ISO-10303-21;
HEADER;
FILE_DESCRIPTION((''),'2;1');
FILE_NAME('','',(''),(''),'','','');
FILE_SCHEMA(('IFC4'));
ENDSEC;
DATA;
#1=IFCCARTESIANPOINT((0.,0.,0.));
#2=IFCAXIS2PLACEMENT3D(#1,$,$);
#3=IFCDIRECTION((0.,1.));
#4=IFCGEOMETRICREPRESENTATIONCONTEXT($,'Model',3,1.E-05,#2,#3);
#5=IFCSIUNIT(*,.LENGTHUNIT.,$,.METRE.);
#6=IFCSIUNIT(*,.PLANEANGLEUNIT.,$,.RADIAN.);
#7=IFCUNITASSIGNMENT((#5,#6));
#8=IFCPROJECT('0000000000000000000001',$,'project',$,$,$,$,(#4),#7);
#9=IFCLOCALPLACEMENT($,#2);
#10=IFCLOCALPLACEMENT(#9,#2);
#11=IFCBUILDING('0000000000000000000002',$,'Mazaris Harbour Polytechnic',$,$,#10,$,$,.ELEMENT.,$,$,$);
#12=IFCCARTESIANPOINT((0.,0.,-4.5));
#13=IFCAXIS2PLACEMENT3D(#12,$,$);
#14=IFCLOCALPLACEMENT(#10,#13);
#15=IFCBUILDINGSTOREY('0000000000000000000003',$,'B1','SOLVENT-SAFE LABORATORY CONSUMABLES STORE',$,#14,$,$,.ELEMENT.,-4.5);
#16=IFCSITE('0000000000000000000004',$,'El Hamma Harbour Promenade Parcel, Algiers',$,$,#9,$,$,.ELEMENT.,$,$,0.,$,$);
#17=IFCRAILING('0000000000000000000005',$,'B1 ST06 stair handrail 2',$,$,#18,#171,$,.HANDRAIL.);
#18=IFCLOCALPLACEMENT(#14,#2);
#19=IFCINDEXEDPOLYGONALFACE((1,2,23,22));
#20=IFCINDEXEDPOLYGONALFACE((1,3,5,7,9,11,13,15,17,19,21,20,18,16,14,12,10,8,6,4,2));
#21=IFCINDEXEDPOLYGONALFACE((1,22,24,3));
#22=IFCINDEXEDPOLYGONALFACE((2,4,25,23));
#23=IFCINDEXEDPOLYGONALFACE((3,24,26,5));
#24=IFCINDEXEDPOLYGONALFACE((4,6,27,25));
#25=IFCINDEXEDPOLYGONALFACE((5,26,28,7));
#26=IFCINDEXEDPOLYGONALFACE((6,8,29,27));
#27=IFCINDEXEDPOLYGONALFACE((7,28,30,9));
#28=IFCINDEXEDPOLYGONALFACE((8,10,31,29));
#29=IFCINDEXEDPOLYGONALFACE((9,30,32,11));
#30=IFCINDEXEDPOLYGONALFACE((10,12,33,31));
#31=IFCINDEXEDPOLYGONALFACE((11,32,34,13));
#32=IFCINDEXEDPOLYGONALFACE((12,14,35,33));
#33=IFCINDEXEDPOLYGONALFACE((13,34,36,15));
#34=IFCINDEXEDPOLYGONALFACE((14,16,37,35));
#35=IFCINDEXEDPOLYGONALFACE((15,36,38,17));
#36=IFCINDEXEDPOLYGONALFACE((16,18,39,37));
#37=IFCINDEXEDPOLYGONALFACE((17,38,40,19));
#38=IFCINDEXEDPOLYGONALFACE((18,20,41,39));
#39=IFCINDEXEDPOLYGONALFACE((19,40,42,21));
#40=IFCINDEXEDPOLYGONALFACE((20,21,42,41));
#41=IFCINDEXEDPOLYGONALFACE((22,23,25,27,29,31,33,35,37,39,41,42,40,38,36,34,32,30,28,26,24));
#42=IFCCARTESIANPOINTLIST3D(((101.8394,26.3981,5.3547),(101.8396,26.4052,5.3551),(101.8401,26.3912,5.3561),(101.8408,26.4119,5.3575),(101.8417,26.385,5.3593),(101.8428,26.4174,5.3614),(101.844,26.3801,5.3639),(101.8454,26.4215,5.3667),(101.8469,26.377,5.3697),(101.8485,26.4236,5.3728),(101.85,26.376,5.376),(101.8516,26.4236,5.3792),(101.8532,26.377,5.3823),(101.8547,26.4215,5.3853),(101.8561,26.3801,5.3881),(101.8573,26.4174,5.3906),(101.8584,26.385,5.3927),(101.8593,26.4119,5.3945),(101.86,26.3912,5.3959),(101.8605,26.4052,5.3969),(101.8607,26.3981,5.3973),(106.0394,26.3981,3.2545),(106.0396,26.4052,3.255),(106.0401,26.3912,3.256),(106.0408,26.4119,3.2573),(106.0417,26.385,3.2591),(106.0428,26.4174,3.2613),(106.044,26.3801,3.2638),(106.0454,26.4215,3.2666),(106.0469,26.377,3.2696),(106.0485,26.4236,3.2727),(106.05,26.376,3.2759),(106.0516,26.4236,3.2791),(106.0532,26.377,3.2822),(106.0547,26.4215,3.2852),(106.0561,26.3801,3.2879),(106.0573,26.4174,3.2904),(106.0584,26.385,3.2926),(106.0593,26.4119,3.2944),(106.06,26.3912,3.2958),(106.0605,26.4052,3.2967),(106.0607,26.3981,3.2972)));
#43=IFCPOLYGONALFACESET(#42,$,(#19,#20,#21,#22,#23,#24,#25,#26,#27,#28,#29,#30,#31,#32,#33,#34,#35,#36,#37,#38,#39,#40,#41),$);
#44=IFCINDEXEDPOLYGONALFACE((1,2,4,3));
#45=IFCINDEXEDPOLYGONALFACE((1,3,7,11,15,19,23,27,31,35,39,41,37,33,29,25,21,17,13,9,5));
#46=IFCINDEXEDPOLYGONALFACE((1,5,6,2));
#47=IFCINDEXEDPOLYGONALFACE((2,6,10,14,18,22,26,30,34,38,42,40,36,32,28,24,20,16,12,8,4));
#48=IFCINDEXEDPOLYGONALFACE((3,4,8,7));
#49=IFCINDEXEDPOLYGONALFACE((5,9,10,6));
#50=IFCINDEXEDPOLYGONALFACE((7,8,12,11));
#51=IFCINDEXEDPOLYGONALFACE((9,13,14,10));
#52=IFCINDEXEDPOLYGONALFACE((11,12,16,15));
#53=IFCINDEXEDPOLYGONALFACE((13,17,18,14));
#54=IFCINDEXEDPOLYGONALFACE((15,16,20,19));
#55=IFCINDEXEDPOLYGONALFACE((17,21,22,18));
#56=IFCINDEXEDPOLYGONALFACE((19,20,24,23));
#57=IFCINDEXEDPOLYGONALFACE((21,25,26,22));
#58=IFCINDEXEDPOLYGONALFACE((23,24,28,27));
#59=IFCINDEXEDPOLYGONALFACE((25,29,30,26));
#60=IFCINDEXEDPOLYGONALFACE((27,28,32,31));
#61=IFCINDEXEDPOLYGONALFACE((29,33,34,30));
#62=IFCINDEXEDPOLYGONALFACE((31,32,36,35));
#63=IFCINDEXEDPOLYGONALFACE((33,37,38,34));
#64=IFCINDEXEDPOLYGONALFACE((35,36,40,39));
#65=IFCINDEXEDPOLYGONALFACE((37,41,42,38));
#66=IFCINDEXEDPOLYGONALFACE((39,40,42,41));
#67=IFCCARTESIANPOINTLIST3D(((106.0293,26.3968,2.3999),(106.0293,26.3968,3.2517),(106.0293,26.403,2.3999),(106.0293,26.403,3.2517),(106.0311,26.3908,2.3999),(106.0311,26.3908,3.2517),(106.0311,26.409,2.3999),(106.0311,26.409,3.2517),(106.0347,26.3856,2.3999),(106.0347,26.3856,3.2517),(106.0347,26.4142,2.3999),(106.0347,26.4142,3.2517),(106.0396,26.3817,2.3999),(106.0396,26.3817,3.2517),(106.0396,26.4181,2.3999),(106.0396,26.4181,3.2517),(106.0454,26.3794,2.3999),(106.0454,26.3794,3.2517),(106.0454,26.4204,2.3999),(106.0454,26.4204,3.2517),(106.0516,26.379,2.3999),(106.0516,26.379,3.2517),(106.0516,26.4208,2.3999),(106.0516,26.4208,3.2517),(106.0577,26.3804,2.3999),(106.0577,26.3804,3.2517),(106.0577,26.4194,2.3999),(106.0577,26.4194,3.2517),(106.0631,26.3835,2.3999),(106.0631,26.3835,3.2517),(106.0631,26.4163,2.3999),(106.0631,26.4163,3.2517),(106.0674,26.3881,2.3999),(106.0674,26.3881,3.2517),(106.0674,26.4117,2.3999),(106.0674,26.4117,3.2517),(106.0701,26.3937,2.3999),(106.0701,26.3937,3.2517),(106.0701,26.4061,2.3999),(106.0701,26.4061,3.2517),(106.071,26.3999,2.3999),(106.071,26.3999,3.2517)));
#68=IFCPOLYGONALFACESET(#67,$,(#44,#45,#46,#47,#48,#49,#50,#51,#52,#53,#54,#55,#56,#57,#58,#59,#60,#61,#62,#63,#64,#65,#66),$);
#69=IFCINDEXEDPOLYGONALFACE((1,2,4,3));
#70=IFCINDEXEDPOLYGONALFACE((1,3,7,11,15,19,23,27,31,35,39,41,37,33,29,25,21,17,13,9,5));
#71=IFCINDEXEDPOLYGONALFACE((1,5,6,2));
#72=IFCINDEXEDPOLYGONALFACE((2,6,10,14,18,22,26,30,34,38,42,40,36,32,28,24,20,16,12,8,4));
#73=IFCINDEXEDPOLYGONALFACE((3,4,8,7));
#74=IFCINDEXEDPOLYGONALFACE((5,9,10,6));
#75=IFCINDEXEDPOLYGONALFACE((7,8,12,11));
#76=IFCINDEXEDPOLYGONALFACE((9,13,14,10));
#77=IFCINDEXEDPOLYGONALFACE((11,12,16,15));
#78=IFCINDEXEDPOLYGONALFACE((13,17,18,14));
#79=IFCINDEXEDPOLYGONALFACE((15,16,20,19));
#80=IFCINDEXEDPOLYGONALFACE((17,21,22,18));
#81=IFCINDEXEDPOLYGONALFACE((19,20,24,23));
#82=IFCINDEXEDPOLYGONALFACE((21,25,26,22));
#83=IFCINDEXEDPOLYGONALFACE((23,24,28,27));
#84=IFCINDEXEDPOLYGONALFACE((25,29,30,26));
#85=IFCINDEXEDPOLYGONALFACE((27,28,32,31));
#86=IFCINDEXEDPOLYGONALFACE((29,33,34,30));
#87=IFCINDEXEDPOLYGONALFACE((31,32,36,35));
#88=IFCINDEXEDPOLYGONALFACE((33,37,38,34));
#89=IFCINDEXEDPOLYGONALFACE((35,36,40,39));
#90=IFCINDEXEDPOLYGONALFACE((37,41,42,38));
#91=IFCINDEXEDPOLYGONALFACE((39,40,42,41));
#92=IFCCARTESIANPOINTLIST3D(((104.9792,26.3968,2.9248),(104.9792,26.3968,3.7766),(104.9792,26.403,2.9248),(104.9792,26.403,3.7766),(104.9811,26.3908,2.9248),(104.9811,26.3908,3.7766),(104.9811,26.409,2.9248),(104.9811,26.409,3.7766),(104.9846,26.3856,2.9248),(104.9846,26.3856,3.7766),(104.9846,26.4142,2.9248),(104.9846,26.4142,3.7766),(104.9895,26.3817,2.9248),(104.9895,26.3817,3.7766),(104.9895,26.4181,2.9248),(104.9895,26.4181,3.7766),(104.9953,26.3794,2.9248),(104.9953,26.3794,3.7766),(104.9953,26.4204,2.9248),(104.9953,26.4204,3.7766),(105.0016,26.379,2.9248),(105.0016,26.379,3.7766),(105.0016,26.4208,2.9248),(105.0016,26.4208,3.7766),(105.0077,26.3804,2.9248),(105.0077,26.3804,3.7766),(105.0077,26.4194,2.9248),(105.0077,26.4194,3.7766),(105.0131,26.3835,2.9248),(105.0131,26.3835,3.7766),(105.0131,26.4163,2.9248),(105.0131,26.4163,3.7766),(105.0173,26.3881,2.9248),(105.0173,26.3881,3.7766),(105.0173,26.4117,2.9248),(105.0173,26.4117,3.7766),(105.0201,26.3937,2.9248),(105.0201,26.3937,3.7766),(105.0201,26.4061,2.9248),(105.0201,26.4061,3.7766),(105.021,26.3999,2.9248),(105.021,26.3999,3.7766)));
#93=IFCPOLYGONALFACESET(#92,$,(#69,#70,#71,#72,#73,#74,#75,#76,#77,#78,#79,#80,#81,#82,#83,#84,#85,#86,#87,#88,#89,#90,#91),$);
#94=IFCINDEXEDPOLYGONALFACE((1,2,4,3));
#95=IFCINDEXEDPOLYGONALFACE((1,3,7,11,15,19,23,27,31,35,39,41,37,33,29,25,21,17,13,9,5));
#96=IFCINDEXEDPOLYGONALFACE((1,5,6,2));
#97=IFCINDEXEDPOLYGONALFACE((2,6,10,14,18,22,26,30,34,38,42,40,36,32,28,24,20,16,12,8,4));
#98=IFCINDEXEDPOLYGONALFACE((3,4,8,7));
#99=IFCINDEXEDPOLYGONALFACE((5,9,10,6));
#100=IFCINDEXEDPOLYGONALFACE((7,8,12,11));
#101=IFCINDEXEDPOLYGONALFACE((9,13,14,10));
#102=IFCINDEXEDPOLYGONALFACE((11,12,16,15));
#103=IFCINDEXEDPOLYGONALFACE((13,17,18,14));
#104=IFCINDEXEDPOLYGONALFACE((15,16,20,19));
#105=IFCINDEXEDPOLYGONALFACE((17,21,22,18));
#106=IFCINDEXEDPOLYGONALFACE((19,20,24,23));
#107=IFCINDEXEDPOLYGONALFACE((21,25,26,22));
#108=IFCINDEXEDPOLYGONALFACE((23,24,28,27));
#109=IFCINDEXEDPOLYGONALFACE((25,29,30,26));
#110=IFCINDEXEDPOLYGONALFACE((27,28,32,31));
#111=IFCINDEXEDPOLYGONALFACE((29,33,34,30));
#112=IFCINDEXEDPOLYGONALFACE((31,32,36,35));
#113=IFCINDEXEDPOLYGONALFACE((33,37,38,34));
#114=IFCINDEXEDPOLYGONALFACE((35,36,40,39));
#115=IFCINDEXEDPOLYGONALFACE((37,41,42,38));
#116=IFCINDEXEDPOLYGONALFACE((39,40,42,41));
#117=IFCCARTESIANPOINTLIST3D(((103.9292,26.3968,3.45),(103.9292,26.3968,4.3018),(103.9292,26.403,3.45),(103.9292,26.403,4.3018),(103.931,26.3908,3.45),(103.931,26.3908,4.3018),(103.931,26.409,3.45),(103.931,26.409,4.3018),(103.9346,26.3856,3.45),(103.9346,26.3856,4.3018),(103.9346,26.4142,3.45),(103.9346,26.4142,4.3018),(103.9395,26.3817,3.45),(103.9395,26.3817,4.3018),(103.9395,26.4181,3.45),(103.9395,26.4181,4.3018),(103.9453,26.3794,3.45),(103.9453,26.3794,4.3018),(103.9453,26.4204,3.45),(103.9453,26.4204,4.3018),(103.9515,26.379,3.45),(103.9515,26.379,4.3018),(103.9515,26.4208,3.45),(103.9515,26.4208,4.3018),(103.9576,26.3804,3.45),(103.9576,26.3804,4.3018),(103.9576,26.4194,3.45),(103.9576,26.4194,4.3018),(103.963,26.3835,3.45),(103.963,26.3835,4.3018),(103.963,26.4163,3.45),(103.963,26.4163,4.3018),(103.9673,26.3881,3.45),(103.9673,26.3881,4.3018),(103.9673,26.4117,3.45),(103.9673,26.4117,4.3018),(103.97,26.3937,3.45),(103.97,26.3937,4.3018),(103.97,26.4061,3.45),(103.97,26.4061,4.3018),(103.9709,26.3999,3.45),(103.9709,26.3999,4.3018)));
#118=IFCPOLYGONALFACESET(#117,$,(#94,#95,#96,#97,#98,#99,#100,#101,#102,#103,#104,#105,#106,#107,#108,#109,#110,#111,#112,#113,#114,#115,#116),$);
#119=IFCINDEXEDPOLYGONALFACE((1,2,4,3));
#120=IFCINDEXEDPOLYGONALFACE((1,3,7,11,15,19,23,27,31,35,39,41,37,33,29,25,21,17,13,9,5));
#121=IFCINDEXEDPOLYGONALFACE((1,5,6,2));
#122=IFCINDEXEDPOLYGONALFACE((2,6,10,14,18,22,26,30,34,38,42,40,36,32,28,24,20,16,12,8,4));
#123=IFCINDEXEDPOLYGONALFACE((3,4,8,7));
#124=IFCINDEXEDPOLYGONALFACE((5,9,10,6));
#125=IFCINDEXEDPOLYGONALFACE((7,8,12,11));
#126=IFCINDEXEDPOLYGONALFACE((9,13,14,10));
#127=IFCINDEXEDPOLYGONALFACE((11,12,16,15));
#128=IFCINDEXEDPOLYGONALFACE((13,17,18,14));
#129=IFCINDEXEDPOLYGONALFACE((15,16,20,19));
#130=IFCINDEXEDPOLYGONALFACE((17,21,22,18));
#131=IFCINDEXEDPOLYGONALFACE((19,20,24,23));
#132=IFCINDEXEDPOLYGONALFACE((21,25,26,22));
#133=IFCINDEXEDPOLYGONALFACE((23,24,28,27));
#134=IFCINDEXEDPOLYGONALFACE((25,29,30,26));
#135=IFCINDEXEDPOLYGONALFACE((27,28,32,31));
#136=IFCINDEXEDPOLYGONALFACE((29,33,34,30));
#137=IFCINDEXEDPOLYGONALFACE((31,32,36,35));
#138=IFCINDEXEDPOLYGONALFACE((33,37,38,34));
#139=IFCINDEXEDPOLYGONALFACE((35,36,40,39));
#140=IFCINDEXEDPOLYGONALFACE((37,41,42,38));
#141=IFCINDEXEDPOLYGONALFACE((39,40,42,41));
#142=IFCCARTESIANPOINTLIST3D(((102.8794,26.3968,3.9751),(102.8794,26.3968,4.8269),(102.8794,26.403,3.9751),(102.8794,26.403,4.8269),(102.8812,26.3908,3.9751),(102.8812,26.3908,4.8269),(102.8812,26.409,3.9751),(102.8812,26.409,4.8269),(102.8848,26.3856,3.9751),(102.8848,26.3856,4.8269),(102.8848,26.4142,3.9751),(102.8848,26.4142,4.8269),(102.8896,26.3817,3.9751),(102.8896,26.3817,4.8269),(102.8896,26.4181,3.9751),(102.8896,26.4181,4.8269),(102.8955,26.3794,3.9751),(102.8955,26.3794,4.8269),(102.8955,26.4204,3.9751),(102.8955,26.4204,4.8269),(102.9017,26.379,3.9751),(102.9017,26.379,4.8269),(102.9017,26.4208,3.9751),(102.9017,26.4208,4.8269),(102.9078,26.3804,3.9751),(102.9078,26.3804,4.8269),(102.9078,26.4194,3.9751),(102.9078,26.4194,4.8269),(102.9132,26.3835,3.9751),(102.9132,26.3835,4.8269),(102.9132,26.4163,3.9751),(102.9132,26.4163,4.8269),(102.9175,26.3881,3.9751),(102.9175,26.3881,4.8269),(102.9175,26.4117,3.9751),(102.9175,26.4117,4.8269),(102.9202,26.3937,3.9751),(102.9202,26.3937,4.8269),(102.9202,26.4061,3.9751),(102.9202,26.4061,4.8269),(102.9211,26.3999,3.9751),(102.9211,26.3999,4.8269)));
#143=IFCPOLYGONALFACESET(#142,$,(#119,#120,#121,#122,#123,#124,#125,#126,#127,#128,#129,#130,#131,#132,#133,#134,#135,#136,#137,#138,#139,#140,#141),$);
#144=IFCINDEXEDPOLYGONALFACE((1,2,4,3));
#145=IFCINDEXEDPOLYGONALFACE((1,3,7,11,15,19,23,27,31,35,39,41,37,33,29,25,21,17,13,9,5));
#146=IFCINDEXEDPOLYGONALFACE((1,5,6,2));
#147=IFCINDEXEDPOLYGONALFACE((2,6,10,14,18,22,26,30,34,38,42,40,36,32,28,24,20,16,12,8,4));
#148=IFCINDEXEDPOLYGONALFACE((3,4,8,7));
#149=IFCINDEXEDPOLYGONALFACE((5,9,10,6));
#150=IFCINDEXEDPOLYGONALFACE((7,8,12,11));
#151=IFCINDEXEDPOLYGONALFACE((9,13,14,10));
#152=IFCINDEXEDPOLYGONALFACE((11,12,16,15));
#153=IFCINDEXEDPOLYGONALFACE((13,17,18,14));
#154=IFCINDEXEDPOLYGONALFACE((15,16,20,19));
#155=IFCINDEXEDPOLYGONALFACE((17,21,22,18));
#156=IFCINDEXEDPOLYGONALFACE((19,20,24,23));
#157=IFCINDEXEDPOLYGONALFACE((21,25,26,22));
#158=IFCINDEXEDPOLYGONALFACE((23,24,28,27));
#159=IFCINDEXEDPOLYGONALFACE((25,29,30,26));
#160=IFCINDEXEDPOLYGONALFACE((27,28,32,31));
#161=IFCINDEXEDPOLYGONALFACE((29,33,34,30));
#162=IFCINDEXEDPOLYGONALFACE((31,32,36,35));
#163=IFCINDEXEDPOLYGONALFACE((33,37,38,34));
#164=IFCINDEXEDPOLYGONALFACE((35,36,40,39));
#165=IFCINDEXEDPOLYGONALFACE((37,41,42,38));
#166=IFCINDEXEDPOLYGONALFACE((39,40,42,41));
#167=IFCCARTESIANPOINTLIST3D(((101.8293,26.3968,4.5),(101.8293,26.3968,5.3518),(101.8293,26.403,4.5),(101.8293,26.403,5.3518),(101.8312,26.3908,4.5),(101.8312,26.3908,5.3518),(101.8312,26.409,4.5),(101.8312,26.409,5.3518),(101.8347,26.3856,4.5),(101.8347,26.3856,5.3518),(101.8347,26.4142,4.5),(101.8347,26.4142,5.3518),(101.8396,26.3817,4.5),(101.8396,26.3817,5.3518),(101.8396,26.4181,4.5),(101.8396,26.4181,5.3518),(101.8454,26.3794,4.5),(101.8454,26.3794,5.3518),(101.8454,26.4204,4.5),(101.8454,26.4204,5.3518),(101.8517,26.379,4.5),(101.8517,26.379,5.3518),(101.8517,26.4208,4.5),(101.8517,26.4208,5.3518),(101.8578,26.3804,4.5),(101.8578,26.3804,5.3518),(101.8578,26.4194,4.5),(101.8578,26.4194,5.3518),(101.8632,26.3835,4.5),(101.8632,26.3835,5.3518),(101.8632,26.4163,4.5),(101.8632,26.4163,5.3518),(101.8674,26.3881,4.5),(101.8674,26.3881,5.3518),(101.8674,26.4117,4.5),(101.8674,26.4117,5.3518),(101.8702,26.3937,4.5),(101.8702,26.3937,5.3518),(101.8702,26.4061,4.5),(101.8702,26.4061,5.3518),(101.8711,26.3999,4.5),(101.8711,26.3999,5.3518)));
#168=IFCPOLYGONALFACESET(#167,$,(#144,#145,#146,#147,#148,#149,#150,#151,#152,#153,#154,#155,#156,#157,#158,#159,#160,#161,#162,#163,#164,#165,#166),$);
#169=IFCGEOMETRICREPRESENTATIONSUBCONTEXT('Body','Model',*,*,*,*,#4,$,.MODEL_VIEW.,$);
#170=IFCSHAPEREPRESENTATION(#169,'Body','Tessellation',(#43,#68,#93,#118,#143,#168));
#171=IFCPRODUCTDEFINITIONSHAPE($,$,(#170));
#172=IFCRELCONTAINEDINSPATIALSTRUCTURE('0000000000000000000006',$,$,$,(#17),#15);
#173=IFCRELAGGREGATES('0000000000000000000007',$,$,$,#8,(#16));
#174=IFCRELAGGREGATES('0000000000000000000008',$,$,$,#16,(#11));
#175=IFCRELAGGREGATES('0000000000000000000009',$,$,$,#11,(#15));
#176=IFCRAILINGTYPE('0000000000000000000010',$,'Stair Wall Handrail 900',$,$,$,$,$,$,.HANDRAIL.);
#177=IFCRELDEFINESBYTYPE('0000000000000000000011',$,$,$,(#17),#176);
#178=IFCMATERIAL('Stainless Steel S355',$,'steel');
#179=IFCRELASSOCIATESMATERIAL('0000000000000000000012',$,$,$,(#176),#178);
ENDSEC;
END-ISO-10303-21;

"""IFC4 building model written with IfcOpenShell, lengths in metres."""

from ifc_helpers import new_model, si_unit, direction, frame, origin, origin_2d, place, context, subcontext, project, spatial, circle, extrude, material, type_object, element, save


model = new_model("IFC4")

# Units and contexts
model_context = context("Model", 3, precision=1e-05, world=origin(), true_north=direction((0.0, 1.0)))
body_context = subcontext(model_context, "Body", "Model", "MODEL_VIEW")
ifc_project = project(units=[si_unit("LENGTHUNIT", "METRE"), si_unit("PLANEANGLEUNIT", "RADIAN")], contexts=[model_context])

# Site, building, storey
site_placement = place(None, origin())
site = spatial("IfcSite", under=ifc_project, at=site_placement, Name="El Hamma Harbour Promenade Parcel, Algiers", CompositionType="ELEMENT", RefElevation=0.0)
building_placement = place(site_placement, origin())
building = spatial("IfcBuilding", under=site, at=building_placement, Name="Mazaris Harbour Polytechnic", CompositionType="ELEMENT")
storey_placement = place(building_placement, frame((0.0, 0.0, -4.5)))
storey = spatial("IfcBuildingStorey", under=building, at=storey_placement, Name="B1", Description="SOLVENT-SAFE LABORATORY CONSUMABLES STORE", CompositionType="ELEMENT", Elevation=-4.5)

# Railing
ifc_material_1 = material(Name="Stainless Steel S355", Category="steel")
railing_type_1 = type_object("IfcRailingType", Name="Stair Wall Handrail 900", PredefinedType="HANDRAIL", material=ifc_material_1)
railing_1_placement = place(storey_placement, frame((106.05, 26.3999, 2.3999)))
element("IfcRailing", 1, at=railing_1_placement, inside=storey, type_object=railing_type_1, Name="B1 ST06 stair handrail 2", PredefinedType="HANDRAIL", context=body_context, shape_type="SweptSolid", body=[
    extrude(circle(Radius=0.0239, at=origin_2d()), frame((0.0, 0.0, 0.876), z_axis=(-0.894417, 0.0, 0.447234), x_axis=(0.0, -1.0, 0.0)), (0.0, 0.0, 1.0), 4.6958),
    extrude(circle(Radius=0.021, at=origin_2d()), origin(), (0.0, 0.0, 1.0), 0.8518),
    extrude(circle(Radius=0.021, at=origin_2d()), frame((-1.05, 0.0, 0.5249)), (0.0, 0.0, 1.0), 0.8518),
    extrude(circle(Radius=0.021, at=origin_2d()), frame((-2.1001, 0.0, 1.05)), (0.0, 0.0, 1.0), 0.8518),
    extrude(circle(Radius=0.021, at=origin_2d()), frame((-3.1499, 0.0, 1.5752)), (0.0, 0.0, 1.0), 0.8518),
    extrude(circle(Radius=0.021, at=origin_2d()), frame((-4.2, 0.0, 2.1001)), (0.0, 0.0, 1.0), 0.8518),
])

save(model, "model.ifc")
